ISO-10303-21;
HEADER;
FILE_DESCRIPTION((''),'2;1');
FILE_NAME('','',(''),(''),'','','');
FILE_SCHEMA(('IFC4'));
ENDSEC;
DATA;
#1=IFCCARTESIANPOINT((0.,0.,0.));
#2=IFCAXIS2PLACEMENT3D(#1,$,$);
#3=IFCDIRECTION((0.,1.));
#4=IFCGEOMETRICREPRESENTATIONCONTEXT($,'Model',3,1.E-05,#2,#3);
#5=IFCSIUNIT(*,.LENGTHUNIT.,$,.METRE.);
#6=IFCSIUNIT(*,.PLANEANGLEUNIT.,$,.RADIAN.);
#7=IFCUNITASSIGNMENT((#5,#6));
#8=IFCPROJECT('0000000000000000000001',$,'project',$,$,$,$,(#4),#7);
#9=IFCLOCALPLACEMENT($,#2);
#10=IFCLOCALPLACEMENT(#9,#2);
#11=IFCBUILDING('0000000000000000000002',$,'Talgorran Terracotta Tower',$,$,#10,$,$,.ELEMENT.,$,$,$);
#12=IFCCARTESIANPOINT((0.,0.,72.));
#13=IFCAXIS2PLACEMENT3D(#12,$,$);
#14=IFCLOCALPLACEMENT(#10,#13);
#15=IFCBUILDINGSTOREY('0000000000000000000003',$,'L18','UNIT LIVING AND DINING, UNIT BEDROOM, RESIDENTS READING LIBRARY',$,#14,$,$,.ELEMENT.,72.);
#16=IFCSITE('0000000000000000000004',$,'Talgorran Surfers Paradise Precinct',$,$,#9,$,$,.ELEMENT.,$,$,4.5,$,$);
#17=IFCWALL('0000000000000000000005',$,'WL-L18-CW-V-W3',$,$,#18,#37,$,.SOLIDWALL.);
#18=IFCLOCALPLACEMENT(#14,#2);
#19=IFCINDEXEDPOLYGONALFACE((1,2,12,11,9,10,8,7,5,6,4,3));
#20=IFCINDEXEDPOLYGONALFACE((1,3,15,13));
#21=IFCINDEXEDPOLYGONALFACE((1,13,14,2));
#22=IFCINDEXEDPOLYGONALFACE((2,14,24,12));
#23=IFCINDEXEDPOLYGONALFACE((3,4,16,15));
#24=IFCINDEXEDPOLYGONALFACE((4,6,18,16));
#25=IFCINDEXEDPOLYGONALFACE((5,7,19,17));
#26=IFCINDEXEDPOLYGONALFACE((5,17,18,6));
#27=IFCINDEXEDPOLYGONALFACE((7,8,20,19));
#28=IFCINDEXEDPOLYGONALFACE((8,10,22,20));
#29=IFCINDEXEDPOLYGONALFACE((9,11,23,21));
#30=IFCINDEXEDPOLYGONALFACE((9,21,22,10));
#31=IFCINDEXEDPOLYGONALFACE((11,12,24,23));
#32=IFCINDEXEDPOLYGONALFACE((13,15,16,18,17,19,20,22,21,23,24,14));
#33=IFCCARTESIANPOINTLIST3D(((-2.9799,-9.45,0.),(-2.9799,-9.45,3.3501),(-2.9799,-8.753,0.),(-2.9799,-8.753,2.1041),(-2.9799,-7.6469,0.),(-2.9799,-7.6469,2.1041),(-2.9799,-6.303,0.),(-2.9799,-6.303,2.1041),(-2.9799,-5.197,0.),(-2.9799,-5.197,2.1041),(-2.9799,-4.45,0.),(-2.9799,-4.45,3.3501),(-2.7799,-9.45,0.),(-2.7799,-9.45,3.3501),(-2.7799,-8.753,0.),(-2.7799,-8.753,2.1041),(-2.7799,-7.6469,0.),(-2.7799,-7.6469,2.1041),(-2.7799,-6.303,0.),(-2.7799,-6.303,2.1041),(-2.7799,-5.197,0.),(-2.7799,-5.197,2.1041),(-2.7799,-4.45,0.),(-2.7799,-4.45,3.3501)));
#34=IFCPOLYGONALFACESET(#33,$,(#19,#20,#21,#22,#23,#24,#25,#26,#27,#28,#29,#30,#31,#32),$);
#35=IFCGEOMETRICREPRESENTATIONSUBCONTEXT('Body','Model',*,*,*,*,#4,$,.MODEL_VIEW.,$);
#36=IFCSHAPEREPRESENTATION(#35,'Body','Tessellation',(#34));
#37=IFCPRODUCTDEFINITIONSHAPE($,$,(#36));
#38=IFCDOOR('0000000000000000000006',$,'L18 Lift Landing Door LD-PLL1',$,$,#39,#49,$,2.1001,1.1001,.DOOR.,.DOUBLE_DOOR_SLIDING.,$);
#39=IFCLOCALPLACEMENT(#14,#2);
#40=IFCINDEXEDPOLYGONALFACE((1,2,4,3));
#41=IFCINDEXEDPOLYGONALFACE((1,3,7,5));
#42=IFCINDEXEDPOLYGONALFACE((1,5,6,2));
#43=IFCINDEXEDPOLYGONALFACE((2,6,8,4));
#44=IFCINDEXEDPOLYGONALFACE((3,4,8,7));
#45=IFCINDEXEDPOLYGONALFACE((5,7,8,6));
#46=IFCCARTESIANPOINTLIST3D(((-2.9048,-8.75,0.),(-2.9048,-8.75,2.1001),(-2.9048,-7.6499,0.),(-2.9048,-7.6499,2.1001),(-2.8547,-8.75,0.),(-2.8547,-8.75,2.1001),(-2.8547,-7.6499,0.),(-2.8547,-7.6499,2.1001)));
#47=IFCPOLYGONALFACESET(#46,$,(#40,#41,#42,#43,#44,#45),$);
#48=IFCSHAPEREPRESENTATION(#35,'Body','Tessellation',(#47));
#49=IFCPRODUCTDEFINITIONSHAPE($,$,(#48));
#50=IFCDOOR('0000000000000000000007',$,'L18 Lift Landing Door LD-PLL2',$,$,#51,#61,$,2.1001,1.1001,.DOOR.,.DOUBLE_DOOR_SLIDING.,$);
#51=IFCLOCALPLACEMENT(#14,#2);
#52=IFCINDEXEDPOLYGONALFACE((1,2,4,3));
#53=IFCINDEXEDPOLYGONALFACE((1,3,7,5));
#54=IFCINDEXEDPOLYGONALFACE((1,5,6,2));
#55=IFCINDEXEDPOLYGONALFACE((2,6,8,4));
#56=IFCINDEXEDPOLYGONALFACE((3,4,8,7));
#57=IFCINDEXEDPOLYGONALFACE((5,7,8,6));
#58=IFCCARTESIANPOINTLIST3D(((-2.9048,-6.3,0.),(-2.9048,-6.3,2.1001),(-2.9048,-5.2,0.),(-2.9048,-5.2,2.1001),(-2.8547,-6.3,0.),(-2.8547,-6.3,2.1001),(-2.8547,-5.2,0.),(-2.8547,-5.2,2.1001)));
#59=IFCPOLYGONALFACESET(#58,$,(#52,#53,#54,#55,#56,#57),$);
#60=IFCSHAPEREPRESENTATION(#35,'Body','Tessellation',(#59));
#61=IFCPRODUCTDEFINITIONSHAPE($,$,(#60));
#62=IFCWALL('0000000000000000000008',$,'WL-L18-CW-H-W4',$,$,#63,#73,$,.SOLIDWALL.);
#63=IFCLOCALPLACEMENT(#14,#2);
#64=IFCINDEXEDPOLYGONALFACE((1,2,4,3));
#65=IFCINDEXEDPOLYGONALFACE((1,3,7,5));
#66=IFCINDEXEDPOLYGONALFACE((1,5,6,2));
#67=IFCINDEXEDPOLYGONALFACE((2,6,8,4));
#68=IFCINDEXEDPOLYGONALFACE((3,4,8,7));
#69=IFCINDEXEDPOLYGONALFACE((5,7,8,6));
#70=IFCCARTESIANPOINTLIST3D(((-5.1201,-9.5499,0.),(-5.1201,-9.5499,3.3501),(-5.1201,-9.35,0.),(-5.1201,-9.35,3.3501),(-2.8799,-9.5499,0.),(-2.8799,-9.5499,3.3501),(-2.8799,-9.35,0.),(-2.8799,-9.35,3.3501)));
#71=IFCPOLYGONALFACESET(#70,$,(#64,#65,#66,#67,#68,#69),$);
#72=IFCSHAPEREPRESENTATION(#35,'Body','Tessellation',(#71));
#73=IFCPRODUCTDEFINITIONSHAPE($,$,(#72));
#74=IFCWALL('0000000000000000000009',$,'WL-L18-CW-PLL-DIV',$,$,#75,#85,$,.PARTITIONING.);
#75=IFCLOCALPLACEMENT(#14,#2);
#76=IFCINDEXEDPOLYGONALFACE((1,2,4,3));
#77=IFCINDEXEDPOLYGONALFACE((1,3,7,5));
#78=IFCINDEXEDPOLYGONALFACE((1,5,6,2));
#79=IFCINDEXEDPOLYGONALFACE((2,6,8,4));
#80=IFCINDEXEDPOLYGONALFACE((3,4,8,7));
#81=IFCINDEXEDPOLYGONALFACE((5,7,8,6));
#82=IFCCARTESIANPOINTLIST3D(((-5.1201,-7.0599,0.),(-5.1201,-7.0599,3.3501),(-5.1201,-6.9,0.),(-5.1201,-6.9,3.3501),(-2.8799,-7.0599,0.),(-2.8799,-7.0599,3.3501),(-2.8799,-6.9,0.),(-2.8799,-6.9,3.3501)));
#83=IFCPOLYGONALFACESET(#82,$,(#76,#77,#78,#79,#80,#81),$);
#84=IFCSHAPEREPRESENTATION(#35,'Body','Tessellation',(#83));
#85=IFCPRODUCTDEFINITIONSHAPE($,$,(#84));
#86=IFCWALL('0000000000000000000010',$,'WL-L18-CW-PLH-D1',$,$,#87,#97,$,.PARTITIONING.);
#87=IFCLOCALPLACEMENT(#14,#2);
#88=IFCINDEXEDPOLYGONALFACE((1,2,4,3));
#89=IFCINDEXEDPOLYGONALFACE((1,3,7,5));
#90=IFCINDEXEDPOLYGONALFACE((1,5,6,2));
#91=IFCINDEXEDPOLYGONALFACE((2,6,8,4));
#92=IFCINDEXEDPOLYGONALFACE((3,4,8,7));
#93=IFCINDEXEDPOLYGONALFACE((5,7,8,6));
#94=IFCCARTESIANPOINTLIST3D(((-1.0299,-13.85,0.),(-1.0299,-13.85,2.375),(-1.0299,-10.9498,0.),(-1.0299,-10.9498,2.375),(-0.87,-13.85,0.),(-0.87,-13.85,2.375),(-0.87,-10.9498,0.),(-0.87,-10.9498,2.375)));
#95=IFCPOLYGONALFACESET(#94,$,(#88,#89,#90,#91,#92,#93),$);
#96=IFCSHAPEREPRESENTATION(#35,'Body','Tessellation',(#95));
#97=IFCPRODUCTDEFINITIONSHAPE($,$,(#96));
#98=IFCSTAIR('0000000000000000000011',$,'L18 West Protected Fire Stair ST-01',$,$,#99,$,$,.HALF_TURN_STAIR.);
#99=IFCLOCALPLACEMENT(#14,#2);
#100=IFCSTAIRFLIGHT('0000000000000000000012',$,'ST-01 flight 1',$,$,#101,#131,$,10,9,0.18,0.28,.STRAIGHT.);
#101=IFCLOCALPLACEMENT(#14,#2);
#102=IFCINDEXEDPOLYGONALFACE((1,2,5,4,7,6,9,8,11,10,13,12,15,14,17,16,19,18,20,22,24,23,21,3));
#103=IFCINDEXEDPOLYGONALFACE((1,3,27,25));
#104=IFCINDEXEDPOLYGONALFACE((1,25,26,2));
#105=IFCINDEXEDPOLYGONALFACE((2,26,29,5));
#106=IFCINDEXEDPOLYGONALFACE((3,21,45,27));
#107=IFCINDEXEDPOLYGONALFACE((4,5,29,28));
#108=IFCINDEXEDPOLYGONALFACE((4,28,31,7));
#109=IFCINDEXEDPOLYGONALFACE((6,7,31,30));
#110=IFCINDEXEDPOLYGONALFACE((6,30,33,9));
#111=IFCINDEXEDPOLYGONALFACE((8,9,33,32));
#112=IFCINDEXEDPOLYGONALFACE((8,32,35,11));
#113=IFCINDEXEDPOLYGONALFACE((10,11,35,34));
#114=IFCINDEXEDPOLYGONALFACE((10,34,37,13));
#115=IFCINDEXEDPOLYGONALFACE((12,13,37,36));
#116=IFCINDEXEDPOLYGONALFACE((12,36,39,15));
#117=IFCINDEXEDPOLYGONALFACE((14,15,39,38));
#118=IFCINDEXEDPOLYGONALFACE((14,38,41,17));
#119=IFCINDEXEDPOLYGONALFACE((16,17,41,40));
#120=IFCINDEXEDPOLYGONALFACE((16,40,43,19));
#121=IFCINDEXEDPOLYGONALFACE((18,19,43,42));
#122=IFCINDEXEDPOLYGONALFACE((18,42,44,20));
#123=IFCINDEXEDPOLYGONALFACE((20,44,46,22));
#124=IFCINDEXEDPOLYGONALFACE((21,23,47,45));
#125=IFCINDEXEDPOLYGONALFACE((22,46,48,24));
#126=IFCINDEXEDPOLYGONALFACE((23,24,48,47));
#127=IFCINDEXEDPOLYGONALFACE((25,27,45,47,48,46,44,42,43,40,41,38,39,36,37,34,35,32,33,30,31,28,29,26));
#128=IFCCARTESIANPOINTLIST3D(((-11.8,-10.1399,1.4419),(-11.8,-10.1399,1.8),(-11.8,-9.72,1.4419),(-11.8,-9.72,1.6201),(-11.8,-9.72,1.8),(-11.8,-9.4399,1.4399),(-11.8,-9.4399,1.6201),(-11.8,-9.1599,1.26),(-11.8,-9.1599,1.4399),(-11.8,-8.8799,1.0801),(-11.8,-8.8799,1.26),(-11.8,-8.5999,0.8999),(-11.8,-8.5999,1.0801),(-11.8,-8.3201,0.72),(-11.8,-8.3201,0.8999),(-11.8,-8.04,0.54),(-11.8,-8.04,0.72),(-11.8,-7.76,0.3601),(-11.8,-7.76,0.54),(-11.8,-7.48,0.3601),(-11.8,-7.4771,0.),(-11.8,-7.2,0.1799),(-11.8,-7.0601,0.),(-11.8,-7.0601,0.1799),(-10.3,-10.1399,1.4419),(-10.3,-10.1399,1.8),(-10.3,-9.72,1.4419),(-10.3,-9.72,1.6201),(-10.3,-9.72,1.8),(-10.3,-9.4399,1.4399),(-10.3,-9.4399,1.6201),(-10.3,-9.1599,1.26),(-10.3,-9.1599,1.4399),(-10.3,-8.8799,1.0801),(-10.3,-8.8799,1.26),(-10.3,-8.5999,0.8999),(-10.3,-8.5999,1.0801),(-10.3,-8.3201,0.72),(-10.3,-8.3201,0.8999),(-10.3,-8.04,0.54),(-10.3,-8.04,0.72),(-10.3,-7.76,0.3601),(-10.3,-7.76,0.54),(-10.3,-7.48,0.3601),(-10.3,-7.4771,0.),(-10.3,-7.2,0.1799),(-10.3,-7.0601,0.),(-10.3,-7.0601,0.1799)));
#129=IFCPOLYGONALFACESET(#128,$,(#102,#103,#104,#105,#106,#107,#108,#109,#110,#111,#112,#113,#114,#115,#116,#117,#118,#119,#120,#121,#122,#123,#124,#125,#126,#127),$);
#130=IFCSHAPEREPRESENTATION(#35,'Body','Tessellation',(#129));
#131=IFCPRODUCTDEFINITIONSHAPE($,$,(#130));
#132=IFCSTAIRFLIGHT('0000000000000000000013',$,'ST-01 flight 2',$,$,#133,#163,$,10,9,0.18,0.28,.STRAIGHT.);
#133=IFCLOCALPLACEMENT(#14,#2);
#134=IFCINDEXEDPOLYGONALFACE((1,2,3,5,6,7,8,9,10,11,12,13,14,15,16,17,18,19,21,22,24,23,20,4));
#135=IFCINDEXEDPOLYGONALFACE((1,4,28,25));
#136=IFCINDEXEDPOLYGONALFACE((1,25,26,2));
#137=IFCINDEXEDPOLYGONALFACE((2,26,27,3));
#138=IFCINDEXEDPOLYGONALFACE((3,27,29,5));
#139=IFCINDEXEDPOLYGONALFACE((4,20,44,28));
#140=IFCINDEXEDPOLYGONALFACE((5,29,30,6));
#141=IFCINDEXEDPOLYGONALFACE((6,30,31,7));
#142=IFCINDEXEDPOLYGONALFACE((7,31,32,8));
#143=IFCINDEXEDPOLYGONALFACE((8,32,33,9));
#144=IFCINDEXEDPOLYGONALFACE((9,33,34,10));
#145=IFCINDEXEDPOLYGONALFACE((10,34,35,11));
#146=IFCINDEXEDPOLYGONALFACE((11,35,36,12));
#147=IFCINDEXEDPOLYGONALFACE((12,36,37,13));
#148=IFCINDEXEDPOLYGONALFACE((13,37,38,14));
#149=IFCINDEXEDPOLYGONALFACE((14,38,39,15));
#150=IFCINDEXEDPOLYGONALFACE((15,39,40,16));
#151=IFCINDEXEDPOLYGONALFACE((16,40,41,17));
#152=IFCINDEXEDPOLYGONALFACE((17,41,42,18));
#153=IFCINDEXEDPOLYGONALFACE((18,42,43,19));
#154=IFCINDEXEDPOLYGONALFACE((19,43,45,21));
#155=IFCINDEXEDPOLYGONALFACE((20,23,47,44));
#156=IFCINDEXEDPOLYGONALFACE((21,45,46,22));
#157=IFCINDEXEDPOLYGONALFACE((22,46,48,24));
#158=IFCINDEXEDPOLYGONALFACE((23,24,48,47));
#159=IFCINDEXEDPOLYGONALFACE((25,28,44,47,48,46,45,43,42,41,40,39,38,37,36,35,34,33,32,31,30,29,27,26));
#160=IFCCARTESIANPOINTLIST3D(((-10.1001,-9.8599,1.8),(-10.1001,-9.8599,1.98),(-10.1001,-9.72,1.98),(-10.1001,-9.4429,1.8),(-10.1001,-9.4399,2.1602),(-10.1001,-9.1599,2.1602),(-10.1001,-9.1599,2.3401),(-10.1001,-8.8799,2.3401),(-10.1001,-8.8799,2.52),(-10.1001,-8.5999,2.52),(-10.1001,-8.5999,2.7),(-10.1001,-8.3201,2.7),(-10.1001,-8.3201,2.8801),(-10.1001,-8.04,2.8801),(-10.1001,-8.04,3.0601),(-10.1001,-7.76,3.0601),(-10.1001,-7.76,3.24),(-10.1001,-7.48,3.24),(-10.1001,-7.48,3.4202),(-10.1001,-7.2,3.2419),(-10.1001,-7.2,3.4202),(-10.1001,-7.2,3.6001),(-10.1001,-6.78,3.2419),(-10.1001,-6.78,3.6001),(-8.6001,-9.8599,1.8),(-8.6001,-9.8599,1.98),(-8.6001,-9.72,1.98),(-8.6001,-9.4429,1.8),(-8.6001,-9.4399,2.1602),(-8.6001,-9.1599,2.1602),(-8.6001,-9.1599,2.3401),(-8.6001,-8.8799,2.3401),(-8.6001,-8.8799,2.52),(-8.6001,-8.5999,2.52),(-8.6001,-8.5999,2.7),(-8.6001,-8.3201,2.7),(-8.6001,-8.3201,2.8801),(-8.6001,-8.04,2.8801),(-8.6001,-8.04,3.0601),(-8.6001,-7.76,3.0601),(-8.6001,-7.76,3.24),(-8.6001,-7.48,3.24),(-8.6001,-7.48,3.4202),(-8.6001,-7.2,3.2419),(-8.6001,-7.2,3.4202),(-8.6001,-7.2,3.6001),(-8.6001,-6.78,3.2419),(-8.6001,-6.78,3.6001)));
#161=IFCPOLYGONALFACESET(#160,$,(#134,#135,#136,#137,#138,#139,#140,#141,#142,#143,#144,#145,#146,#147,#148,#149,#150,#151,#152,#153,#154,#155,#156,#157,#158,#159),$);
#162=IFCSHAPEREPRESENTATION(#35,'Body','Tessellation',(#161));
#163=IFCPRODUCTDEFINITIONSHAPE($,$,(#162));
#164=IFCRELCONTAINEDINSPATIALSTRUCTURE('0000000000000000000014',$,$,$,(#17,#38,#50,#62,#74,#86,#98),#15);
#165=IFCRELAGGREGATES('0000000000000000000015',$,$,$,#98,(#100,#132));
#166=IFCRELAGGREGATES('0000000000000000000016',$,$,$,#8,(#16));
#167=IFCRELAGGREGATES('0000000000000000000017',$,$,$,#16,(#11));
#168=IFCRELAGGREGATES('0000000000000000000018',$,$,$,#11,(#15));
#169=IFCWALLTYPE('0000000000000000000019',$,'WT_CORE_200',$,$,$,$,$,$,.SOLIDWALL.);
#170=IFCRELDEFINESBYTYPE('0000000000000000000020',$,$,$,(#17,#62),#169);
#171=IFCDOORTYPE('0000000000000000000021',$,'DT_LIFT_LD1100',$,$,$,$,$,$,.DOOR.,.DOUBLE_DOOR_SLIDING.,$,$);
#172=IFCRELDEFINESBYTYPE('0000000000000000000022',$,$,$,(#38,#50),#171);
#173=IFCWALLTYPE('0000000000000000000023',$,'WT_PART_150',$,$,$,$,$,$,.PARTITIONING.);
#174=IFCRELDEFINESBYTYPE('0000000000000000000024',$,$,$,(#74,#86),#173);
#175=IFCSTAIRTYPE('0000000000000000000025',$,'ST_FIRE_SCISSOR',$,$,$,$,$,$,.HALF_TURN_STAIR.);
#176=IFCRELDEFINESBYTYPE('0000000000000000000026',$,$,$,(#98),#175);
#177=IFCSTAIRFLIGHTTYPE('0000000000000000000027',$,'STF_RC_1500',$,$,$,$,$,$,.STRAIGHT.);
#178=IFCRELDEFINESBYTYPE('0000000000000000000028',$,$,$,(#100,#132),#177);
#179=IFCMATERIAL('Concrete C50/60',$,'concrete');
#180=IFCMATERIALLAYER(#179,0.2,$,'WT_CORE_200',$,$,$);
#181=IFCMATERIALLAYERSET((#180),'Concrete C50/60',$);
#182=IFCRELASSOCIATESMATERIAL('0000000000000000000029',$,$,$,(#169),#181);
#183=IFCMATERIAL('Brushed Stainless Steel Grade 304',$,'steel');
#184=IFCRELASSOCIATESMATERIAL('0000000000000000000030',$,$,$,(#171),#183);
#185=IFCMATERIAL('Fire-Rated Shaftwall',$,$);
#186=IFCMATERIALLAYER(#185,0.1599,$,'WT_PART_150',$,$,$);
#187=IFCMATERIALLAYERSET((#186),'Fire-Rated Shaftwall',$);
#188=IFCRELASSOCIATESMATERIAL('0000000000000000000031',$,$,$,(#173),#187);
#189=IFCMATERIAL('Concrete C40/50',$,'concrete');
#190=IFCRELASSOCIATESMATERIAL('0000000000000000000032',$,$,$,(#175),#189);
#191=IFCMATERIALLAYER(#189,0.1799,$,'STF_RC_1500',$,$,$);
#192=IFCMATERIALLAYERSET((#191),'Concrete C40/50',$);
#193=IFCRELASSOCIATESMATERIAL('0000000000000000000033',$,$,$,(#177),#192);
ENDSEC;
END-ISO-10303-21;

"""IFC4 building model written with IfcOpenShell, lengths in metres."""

from ifc_helpers import new_model, si_unit, direction, frame, frame_2d, origin, place, context, subcontext, project, spatial, polyline, rectangle, outline, extrude, material, layer, layer_set, type_object, element, fill, aggregate, save


model = new_model("IFC4")

# Units and contexts
model_context = context("Model", 3, precision=1e-05, world=origin(), true_north=direction((0.0, 1.0)))
body_context = subcontext(model_context, "Body", "Model", "MODEL_VIEW")
ifc_project = project(units=[si_unit("LENGTHUNIT", "METRE"), si_unit("PLANEANGLEUNIT", "RADIAN")], contexts=[model_context])

# Site, building, storey
site_placement = place(None, origin())
site = spatial("IfcSite", under=ifc_project, at=site_placement, Name="Talgorran Surfers Paradise Precinct", CompositionType="ELEMENT", RefElevation=4.5)
building_placement = place(site_placement, origin())
building = spatial("IfcBuilding", under=site, at=building_placement, Name="Talgorran Terracotta Tower", CompositionType="ELEMENT")
storey_placement = place(building_placement, frame((0.0, 0.0, 72.0)))
storey = spatial("IfcBuildingStorey", under=building, at=storey_placement, Name="L18", Description="UNIT LIVING AND DINING, UNIT BEDROOM, RESIDENTS READING LIBRARY", CompositionType="ELEMENT", Elevation=72.0)

# Shared definitions
ifc_material_1 = material(Name="Concrete C50/60", Category="concrete")
ifc_layer_1 = layer(ifc_material_1, 0.2, Name="WT_CORE_200")
ifc_layer_set_1 = layer_set([ifc_layer_1], Name="Concrete C50/60")
wall_type_1 = type_object("IfcWallType", Name="WT_CORE_200", PredefinedType="SOLIDWALL", material=ifc_layer_set_1)

# Wall, openings, doors
ifc_material_2 = material(Name="Brushed Stainless Steel Grade 304", Category="steel")
door_type_1 = type_object("IfcDoorType", Name="DT_LIFT_LD1100", OperationType="DOUBLE_DOOR_SLIDING", PredefinedType="DOOR", material=ifc_material_2)
wall_1_placement = place(storey_placement, frame((-2.8799, -9.45, 0.0), z_axis=(0.0, 0.0, 1.0), x_axis=(0.0, 1.0, 0.0)))
wall_1 = element("IfcWall", 1, at=wall_1_placement, inside=storey, type_object=wall_type_1, Name="WL-L18-CW-V-W3", PredefinedType="SOLIDWALL", context=body_context, shape_type="SweptSolid", body=[
    extrude(rectangle(XDim=5.0, YDim=0.2, at=frame_2d((2.5, 0.0))), origin(), (0.0, 0.0, 1.0), 3.3501),
])
opening_1_placement = place(wall_1_placement, frame((0.7, 0.0, 0.0)))
opening_1 = element("IfcOpeningElement", 2, at=opening_1_placement, cuts=wall_1, PredefinedType="OPENING", context=body_context, shape_type="SweptSolid", body=[
    extrude(rectangle(XDim=1.1061, YDim=2.1041, at=frame_2d((0.55, 1.052))), frame((0.0, 0.1099, 0.0), z_axis=(0.0, -1.0, 0.0), x_axis=(1.0, 0.0, 0.0)), (0.0, 0.0, 1.0), 0.22),
])
opening_2_placement = place(wall_1_placement, frame((3.1499, 0.0, 0.0)))
opening_2 = element("IfcOpeningElement", 3, at=opening_2_placement, cuts=wall_1, PredefinedType="OPENING", context=body_context, shape_type="SweptSolid", body=[
    extrude(rectangle(XDim=1.1061, YDim=2.1041, at=frame_2d((0.55, 1.052))), frame((0.0, 0.1099, 0.0), z_axis=(0.0, -1.0, 0.0), x_axis=(1.0, 0.0, 0.0)), (0.0, 0.0, 1.0), 0.22),
])
door_1_placement = place(opening_1_placement, origin())
door_1 = element("IfcDoor", 4, at=door_1_placement, inside=storey, type_object=door_type_1, Name="L18 Lift Landing Door LD-PLL1", OperationType="DOUBLE_DOOR_SLIDING", OverallHeight=2.1001, OverallWidth=1.1001, PredefinedType="DOOR", context=body_context, shape_type="SweptSolid", body=[
    extrude(rectangle(XDim=1.1001, YDim=2.1001, at=frame_2d((0.55, 1.05))), frame((0.0, 0.0249, 0.0), z_axis=(0.0, -1.0, 0.0), x_axis=(1.0, 0.0, 0.0)), (0.0, 0.0, 1.0), 0.05),
])
fill(opening_1, door_1)
door_2_placement = place(opening_2_placement, origin())
door_2 = element("IfcDoor", 5, at=door_2_placement, inside=storey, type_object=door_type_1, Name="L18 Lift Landing Door LD-PLL2", OperationType="DOUBLE_DOOR_SLIDING", OverallHeight=2.1001, OverallWidth=1.1001, PredefinedType="DOOR", context=body_context, shape_type="SweptSolid", body=[
    extrude(rectangle(XDim=1.1001, YDim=2.1001, at=frame_2d((0.55, 1.05))), frame((0.0, 0.0249, 0.0), z_axis=(0.0, -1.0, 0.0), x_axis=(1.0, 0.0, 0.0)), (0.0, 0.0, 1.0), 0.05),
])
fill(opening_2, door_2)

# Walls
wall_2_placement = place(storey_placement, frame((-5.1201, -9.45, 0.0), z_axis=(0.0, 0.0, 1.0), x_axis=(1.0, 0.0, 0.0)))
element("IfcWall", 6, at=wall_2_placement, inside=storey, type_object=wall_type_1, Name="WL-L18-CW-H-W4", PredefinedType="SOLIDWALL", context=body_context, shape_type="SweptSolid", body=[
    extrude(rectangle(XDim=2.2402, YDim=0.2, at=frame_2d((1.1201, 0.0))), origin(), (0.0, 0.0, 1.0), 3.3501),
])
ifc_material_3 = material(Name="Fire-Rated Shaftwall")
ifc_layer_2 = layer(ifc_material_3, 0.1599, Name="WT_PART_150")
ifc_layer_set_2 = layer_set([ifc_layer_2], Name="Fire-Rated Shaftwall")
wall_type_2 = type_object("IfcWallType", Name="WT_PART_150", PredefinedType="PARTITIONING", material=ifc_layer_set_2)
wall_3_placement = place(storey_placement, frame((-5.1201, -6.98, 0.0), z_axis=(0.0, 0.0, 1.0), x_axis=(1.0, 0.0, 0.0)))
element("IfcWall", 7, at=wall_3_placement, inside=storey, type_object=wall_type_2, Name="WL-L18-CW-PLL-DIV", PredefinedType="PARTITIONING", context=body_context, shape_type="SweptSolid", body=[
    extrude(rectangle(XDim=2.2402, YDim=0.1599, at=frame_2d((1.1201, 0.0))), origin(), (0.0, 0.0, 1.0), 3.3501),
])
wall_4_placement = place(storey_placement, frame((-0.95, -13.8501, 0.0), z_axis=(0.0, 0.0, 1.0), x_axis=(0.0, 1.0, 0.0)))
element("IfcWall", 8, at=wall_4_placement, inside=storey, type_object=wall_type_2, Name="WL-L18-CW-PLH-D1", PredefinedType="PARTITIONING", context=body_context, shape_type="SweptSolid", body=[
    extrude(rectangle(XDim=2.9001, YDim=0.1599, at=frame_2d((1.4502, 0.0))), origin(), (0.0, 0.0, 1.0), 2.375),
])

# Stair, stair flights
ifc_material_4 = material(Name="Concrete C40/50", Category="concrete")
stair_type = type_object("IfcStairType", Name="ST_FIRE_SCISSOR", PredefinedType="HALF_TURN_STAIR", material=ifc_material_4)
stair_placement = place(storey_placement, origin())
stair = element("IfcStair", 9, at=stair_placement, inside=storey, type_object=stair_type, Name="L18 West Protected Fire Stair ST-01", PredefinedType="HALF_TURN_STAIR")
ifc_layer_3 = layer(ifc_material_4, 0.1799, Name="STF_RC_1500")
ifc_layer_set_3 = layer_set([ifc_layer_3], Name="Concrete C40/50")
stair_flight_type = type_object("IfcStairFlightType", Name="STF_RC_1500", PredefinedType="STRAIGHT", material=ifc_layer_set_3)
stair_flight_1_placement = place(storey_placement, frame((-11.05, -7.2, 0.0), z_axis=(0.0, 0.0, 1.0), x_axis=(0.0, -1.0, 0.0)))
stair_flight_1 = element("IfcStairFlight", 10, at=stair_flight_1_placement, type_object=stair_flight_type, Name="ST-01 flight 1", NumberOfRisers=10, NumberOfTreads=9, PredefinedType="STRAIGHT", RiserHeight=0.18, TreadLength=0.28, context=body_context, shape_type="SweptSolid", body=[
    extrude(outline(polyline([(-0.1399, 0.0), (-0.1399, 0.1799), (0.0, 0.1799), (0.28, 0.3601), (0.5601, 0.3601), (0.5601, 0.54), (0.8401, 0.54), (0.8401, 0.72), (1.1201, 0.72), (1.1201, 0.8999), (1.3999, 0.8999), (1.3999, 1.0801), (1.6799, 1.0801), (1.6799, 1.26), (1.96, 1.26), (1.96, 1.4399), (2.24, 1.4399), (2.24, 1.6201), (2.52, 1.6201), (2.52, 1.8), (2.9399, 1.8), (2.9399, 1.4419), (2.52, 1.4419), (0.2771, 0.0), (-0.1399, 0.0)])), frame((0.0, 0.75, 0.0), z_axis=(0.0, -1.0, 0.0), x_axis=(1.0, 0.0, 0.0)), (0.0, 0.0, 1.0), 1.5),
])
stair_flight_2_placement = place(storey_placement, frame((-9.3501, -9.72, 1.8), z_axis=(0.0, 0.0, 1.0), x_axis=(0.0, 1.0, 0.0)))
stair_flight_2 = element("IfcStairFlight", 11, at=stair_flight_2_placement, type_object=stair_flight_type, Name="ST-01 flight 2", NumberOfRisers=10, NumberOfTreads=9, PredefinedType="STRAIGHT", RiserHeight=0.18, TreadLength=0.28, context=body_context, shape_type="SweptSolid", body=[
    extrude(outline(polyline([(-0.1399, 0.0), (-0.1399, 0.1799), (0.0, 0.1799), (0.28, 0.3601), (0.5601, 0.3601), (0.5601, 0.54), (0.8401, 0.54), (0.8401, 0.72), (1.1201, 0.72), (1.1201, 0.8999), (1.3999, 0.8999), (1.3999, 1.0801), (1.6799, 1.0801), (1.6799, 1.26), (1.96, 1.26), (1.96, 1.4399), (2.24, 1.4399), (2.24, 1.6201), (2.52, 1.6201), (2.52, 1.8), (2.9399, 1.8), (2.9399, 1.4419), (2.52, 1.4419), (0.2771, 0.0), (-0.1399, 0.0)])), frame((0.0, 0.75, 0.0), z_axis=(0.0, -1.0, 0.0), x_axis=(1.0, 0.0, 0.0)), (0.0, 0.0, 1.0), 1.5),
])
aggregate(stair, [stair_flight_1, stair_flight_2])

save(model, "model.ifc")
